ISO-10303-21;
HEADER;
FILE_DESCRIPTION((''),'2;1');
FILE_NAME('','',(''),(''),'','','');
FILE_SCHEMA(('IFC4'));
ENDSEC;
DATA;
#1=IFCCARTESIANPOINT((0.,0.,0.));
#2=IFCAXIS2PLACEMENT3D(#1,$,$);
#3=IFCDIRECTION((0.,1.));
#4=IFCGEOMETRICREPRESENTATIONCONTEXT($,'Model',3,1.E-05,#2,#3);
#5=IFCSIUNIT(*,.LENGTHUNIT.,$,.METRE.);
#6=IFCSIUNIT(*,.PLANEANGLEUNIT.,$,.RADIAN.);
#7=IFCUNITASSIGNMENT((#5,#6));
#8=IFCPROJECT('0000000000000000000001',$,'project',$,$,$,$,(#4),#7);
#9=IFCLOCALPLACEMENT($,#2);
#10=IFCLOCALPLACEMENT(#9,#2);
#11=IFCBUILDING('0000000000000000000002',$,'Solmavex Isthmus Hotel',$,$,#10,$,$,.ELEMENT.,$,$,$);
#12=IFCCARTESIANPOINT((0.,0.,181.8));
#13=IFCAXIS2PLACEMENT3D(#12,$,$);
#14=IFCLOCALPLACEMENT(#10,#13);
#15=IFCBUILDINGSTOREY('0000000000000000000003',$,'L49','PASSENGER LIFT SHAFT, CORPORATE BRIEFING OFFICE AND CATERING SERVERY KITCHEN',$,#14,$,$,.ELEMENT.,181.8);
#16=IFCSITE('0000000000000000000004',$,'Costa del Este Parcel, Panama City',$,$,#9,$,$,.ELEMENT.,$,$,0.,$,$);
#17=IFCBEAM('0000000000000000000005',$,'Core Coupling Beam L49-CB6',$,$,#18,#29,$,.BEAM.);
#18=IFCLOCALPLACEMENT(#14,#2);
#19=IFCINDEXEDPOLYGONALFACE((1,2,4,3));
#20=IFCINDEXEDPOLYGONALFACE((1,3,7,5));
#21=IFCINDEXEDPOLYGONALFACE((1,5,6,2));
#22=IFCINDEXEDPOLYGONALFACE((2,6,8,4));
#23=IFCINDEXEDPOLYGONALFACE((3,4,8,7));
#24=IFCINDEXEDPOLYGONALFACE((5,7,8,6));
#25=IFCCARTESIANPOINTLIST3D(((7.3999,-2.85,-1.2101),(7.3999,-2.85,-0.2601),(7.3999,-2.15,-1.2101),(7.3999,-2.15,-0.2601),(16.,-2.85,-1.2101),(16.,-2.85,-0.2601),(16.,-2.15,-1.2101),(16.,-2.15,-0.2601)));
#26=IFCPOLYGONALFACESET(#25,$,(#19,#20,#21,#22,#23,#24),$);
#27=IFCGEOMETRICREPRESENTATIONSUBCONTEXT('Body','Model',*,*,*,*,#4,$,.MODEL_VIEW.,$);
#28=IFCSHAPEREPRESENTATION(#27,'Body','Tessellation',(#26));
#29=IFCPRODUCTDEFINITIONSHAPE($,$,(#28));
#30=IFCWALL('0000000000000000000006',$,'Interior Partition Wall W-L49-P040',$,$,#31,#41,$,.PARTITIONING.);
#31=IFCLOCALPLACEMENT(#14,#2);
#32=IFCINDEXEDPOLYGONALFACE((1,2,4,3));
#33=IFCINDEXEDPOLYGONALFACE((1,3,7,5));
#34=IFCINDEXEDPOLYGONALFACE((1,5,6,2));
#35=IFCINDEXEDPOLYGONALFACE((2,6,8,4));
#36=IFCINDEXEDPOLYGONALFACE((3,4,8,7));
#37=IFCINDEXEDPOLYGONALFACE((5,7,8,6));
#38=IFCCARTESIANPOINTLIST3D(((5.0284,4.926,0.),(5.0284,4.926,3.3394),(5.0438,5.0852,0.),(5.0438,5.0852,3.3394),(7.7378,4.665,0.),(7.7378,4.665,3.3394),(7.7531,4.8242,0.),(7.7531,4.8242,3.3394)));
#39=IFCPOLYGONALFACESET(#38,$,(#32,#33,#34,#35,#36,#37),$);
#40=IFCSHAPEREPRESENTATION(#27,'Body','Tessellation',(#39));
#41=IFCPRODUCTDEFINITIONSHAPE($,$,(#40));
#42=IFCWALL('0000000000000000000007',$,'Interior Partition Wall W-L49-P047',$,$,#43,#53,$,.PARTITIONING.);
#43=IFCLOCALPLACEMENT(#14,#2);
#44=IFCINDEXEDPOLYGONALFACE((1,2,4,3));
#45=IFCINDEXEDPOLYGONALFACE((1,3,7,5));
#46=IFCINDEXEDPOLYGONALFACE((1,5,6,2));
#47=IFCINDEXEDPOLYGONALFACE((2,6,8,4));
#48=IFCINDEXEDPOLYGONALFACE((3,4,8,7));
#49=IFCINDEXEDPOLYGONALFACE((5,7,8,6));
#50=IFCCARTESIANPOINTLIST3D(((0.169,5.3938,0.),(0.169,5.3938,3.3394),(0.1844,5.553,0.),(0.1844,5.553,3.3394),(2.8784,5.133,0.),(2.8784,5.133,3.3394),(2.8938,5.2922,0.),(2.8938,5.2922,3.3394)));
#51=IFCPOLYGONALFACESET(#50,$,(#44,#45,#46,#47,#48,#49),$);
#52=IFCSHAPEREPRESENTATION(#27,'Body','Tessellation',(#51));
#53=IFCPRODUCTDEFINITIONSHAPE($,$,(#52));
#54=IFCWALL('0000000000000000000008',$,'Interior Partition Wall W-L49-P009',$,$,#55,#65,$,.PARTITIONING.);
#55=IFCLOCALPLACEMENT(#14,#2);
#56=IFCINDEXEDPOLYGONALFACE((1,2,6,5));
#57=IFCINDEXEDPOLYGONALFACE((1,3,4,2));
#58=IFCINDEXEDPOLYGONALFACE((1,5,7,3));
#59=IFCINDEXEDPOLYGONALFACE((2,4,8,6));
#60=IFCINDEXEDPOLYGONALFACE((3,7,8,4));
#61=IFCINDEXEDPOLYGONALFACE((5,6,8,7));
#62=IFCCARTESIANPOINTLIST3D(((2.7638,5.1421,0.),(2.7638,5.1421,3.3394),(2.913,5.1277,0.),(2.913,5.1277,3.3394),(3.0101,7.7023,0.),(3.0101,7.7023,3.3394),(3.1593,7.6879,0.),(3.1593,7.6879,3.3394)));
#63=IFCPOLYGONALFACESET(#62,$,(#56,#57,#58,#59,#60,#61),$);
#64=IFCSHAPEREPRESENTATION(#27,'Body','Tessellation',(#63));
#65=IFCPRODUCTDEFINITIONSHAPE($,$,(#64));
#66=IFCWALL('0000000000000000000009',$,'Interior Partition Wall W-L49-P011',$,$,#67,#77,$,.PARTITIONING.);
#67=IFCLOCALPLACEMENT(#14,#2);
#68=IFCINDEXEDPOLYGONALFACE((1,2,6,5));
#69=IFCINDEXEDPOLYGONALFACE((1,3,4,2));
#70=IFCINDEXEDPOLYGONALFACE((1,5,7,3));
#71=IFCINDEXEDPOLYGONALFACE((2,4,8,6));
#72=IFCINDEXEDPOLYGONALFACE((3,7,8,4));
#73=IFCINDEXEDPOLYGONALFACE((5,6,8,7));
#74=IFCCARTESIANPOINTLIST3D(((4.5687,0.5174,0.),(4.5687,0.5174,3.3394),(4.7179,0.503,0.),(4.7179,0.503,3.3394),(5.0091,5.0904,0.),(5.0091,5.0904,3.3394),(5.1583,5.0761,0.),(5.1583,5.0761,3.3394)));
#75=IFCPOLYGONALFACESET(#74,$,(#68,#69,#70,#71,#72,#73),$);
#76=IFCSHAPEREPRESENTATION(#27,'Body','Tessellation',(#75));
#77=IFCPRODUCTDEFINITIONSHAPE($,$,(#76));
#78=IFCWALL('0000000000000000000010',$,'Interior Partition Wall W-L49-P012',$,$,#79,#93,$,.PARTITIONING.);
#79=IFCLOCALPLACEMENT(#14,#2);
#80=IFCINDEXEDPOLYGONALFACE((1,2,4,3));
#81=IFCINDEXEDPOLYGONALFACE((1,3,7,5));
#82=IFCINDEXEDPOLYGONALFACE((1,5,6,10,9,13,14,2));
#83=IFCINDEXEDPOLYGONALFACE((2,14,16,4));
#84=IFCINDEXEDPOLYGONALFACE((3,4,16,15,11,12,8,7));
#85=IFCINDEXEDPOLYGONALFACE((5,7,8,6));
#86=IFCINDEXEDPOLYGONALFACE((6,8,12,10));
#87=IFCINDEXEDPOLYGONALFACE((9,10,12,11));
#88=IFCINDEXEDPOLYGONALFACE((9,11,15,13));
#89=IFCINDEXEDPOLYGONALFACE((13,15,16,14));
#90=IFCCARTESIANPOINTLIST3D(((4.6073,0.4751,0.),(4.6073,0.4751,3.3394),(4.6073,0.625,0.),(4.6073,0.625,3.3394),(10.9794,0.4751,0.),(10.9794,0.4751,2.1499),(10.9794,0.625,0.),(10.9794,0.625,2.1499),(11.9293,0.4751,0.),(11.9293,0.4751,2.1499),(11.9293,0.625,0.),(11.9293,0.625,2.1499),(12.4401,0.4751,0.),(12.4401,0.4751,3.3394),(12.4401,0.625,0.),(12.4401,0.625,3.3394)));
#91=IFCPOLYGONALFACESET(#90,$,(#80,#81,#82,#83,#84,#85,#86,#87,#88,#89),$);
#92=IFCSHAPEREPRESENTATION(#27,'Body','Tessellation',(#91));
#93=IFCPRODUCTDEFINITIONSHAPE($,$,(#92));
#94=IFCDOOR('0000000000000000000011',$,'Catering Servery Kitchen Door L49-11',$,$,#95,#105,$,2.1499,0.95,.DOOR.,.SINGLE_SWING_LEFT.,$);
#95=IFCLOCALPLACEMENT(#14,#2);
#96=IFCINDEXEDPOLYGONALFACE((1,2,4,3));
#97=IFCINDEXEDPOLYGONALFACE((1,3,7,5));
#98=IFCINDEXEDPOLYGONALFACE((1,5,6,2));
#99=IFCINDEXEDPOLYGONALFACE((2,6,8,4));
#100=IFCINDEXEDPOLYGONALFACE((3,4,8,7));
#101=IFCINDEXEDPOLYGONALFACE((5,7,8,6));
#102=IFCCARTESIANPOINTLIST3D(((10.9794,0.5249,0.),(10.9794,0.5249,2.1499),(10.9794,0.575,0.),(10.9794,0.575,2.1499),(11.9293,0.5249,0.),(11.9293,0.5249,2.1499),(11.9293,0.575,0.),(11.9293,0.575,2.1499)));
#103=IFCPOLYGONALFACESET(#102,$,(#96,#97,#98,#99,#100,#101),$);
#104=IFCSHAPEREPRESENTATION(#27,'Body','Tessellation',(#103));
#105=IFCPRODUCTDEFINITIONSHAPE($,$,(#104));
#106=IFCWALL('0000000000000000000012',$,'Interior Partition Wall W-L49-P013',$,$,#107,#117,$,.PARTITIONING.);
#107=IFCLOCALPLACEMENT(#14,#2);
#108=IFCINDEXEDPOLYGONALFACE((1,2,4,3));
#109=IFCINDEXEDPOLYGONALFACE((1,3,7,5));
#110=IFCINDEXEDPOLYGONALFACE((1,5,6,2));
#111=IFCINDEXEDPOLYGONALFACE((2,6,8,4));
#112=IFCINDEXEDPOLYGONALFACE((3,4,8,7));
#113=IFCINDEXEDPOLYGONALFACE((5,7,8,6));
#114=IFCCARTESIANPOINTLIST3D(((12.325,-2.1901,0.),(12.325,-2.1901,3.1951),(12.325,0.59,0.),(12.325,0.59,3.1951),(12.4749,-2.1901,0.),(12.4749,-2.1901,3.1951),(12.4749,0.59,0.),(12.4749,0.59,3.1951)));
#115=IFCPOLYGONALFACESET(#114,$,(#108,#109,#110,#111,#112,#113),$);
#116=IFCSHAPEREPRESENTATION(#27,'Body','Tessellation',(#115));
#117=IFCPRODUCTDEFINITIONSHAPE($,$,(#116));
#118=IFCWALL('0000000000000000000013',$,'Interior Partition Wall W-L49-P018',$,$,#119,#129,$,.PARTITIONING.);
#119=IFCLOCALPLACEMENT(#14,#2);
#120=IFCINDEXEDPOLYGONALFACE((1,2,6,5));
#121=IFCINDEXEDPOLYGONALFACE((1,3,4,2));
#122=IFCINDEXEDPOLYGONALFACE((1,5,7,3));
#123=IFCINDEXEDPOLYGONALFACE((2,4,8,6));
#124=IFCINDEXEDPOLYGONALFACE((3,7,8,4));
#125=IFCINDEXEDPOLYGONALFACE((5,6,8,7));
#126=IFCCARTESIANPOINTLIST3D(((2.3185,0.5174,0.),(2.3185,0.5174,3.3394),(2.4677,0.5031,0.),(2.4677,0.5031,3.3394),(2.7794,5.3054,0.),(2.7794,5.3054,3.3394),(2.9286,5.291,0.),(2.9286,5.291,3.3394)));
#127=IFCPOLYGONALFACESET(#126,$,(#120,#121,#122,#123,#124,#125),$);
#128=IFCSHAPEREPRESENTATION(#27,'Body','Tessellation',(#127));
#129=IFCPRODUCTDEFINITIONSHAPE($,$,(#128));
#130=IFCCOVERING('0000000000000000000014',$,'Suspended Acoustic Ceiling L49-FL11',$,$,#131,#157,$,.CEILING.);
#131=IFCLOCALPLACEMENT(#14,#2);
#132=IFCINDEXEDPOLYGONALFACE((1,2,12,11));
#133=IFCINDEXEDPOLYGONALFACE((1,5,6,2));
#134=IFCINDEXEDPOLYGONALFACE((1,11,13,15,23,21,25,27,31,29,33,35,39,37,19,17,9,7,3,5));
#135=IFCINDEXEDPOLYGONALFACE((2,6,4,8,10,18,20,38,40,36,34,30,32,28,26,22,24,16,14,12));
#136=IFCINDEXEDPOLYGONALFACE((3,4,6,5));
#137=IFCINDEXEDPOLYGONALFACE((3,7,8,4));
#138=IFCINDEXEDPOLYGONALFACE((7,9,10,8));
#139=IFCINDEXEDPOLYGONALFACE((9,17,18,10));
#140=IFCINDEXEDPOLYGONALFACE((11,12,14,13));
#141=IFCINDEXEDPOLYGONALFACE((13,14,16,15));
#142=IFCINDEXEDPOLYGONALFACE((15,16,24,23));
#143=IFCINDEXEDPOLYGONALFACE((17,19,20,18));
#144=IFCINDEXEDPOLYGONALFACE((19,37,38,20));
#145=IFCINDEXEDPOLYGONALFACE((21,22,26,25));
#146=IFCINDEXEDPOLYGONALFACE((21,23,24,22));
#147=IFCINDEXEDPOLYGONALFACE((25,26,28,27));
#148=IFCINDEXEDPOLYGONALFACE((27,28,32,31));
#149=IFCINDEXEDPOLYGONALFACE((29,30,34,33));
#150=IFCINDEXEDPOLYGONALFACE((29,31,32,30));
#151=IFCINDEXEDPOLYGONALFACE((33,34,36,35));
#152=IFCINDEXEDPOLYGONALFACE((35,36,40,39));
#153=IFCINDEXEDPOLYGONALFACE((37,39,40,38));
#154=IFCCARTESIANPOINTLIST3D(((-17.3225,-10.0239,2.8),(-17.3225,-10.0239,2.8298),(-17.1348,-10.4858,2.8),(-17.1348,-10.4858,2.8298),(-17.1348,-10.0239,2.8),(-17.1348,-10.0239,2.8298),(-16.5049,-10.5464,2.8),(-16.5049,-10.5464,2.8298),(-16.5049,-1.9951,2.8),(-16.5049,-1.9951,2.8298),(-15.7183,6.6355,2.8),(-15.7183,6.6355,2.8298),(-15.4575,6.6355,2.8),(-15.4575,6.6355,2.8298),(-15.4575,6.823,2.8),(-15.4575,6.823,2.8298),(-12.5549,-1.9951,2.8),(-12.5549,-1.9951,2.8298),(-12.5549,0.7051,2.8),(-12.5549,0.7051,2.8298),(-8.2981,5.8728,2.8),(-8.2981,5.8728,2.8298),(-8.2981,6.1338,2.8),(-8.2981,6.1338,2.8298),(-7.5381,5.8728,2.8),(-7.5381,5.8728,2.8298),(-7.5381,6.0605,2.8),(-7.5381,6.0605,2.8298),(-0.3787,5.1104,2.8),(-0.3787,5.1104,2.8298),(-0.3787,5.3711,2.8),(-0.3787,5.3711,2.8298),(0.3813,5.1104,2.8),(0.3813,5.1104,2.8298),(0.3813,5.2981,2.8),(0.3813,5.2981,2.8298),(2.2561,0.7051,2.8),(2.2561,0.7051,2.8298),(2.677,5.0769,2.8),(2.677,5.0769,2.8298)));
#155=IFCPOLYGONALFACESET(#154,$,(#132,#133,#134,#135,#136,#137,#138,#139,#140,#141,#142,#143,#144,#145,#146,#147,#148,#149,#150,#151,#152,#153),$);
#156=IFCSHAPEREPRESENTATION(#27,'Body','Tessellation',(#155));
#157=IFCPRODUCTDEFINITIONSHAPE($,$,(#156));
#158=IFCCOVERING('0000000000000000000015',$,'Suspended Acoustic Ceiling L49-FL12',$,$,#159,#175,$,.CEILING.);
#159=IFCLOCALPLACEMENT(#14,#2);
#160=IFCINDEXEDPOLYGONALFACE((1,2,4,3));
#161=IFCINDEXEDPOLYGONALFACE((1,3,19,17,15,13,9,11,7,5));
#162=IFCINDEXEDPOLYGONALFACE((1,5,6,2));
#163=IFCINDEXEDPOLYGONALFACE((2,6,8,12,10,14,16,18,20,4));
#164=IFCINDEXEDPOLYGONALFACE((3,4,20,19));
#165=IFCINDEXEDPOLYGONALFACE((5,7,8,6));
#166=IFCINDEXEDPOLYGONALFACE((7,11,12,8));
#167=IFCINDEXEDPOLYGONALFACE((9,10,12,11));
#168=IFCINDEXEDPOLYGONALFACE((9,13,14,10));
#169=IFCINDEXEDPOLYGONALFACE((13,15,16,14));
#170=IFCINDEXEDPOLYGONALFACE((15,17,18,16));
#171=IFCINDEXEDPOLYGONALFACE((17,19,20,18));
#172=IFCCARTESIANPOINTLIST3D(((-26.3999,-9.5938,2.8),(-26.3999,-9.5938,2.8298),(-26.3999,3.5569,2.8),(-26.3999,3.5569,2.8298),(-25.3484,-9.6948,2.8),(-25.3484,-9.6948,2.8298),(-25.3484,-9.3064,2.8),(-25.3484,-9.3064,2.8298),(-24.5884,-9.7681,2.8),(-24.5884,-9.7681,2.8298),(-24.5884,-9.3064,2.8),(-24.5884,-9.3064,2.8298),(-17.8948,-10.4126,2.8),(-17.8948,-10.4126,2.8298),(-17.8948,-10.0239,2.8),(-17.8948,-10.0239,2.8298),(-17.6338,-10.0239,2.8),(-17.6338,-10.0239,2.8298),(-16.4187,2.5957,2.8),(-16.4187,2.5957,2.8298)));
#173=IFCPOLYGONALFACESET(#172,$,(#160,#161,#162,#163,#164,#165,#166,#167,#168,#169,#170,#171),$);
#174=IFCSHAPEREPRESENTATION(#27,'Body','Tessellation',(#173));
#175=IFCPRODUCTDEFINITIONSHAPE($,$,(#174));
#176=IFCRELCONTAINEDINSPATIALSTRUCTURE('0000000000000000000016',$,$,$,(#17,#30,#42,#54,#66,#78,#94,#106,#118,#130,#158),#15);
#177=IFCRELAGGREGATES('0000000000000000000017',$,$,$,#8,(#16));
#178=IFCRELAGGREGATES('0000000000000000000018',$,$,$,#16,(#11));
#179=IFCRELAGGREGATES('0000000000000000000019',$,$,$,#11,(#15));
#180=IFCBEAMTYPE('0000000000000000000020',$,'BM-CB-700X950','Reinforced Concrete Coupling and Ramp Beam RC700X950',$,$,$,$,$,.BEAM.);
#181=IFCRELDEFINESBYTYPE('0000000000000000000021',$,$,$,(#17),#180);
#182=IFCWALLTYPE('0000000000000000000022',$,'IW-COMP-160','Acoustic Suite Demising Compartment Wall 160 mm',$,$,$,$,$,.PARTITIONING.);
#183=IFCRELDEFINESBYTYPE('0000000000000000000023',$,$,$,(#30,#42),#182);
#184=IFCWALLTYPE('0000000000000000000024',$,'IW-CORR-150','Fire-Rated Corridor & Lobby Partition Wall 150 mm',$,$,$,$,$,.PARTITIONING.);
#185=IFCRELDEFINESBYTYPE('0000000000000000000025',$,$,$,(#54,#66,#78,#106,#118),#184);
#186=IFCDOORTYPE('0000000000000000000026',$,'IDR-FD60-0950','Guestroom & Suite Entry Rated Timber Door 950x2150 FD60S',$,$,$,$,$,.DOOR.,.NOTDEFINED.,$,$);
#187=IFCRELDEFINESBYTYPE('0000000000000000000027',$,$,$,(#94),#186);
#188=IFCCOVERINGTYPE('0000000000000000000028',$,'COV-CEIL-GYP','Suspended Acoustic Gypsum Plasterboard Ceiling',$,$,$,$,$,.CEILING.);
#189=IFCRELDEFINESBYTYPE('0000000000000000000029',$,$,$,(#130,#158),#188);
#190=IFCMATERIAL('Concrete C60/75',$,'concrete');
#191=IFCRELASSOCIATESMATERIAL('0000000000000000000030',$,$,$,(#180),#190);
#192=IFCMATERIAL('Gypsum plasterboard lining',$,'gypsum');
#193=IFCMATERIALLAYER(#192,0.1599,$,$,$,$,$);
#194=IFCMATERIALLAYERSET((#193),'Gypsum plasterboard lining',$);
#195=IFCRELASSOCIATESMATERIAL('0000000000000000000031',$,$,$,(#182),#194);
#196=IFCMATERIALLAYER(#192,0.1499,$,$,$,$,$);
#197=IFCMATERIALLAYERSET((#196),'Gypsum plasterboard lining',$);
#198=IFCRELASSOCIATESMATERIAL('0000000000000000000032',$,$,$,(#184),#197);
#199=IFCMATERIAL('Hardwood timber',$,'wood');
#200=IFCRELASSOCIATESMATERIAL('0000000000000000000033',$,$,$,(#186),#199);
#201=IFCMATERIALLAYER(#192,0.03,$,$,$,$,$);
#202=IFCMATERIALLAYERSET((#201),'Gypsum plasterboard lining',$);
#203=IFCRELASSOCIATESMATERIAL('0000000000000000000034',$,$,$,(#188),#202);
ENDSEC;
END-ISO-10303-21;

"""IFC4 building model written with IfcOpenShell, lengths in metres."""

from ifc_helpers import new_model, si_unit, direction, frame, frame_2d, origin, origin_2d, place, context, subcontext, project, spatial, polyline, rectangle, outline, extrude, material, layer, layer_set, material_profile, profile_set, type_object, element, fill, save


model = new_model("IFC4")

# Units and contexts
model_context = context("Model", 3, precision=1e-05, world=origin(), true_north=direction((0.0, 1.0)))
body_context = subcontext(model_context, "Body", "Model", "MODEL_VIEW")
ifc_project = project(units=[si_unit("LENGTHUNIT", "METRE"), si_unit("PLANEANGLEUNIT", "RADIAN")], contexts=[model_context])

# Site, building, storey
site_placement = place(None, origin())
site = spatial("IfcSite", under=ifc_project, at=site_placement, Name="Costa del Este Parcel, Panama City", CompositionType="ELEMENT", RefElevation=0.0)
building_placement = place(site_placement, origin())
building = spatial("IfcBuilding", under=site, at=building_placement, Name="Solmavex Isthmus Hotel", CompositionType="ELEMENT")
storey_placement = place(building_placement, frame((0.0, 0.0, 181.8)))
storey = spatial("IfcBuildingStorey", under=building, at=storey_placement, Name="L49", Description="PASSENGER LIFT SHAFT, CORPORATE BRIEFING OFFICE AND CATERING SERVERY KITCHEN", CompositionType="ELEMENT", Elevation=181.8)

# Shared definitions
ifc_material_1 = material(Name="Concrete C60/75", Category="concrete")

# Beam
ifc_material_profile_1 = material_profile(ifc_material_1, rectangle(XDim=0.7, YDim=0.95, at=origin_2d()), Name="RC700X950")
ifc_profile_set_1 = profile_set([ifc_material_profile_1], Name="Concrete C60/75")
beam_type_1 = type_object("IfcBeamType", Name="BM-CB-700X950", Description="Reinforced Concrete Coupling and Ramp Beam RC700X950", PredefinedType="BEAM", material=ifc_profile_set_1)
beam_1_placement = place(storey_placement, frame((7.3999, -2.5, -0.7351), z_axis=(1.0, 0.0, 0.0), x_axis=(0.0, 1.0, 0.0)))
element("IfcBeam", 1, at=beam_1_placement, inside=storey, type_object=beam_type_1, Name="Core Coupling Beam L49-CB6", PredefinedType="BEAM", context=body_context, shape_type="SweptSolid", body=[
    extrude(rectangle(XDim=0.7, YDim=0.95, at=origin_2d()), origin(), (0.0, 0.0, 1.0), 8.6001),
])

# Walls
ifc_material_2 = material(Name="Gypsum plasterboard lining", Category="gypsum")
ifc_layer_1 = layer(ifc_material_2, 0.1599)
ifc_layer_set_1 = layer_set([ifc_layer_1], Name="Gypsum plasterboard lining")
wall_type_1 = type_object("IfcWallType", Name="IW-COMP-160", Description="Acoustic Suite Demising Compartment Wall 160 mm", PredefinedType="PARTITIONING", material=ifc_layer_set_1)
for number, where, z_axis, x_axis, name in (
    (2, (7.7454, 4.7446, 0.0), (0.0, 0.0, 1.0), (-0.995393, 0.09588, 0.0), "Interior Partition Wall W-L49-P040"),
    (3, (2.886, 5.2126, 0.0), (0.0, 0.0, 1.0), (-0.995401, 0.095791, 0.0), "Interior Partition Wall W-L49-P047"),
):
    element("IfcWall", number, at=place(storey_placement, frame(where, z_axis=z_axis, x_axis=x_axis)), inside=storey, type_object=wall_type_1, Name=name, PredefinedType="PARTITIONING", context=body_context, shape_type="SweptSolid", body=[
        extrude(rectangle(XDim=2.7219, YDim=0.1599, at=frame_2d((1.3608, 0.0))), origin(), (0.0, 0.0, 1.0), 3.3394),
    ])
ifc_layer_2 = layer(ifc_material_2, 0.1499)
ifc_layer_set_2 = layer_set([ifc_layer_2], Name="Gypsum plasterboard lining")
wall_type_2 = type_object("IfcWallType", Name="IW-CORR-150", Description="Fire-Rated Corridor & Lobby Partition Wall 150 mm", PredefinedType="PARTITIONING", material=ifc_layer_set_2)
wall_1_placement = place(storey_placement, frame((2.8384, 5.1348, 0.0), z_axis=(0.0, 0.0, 1.0), x_axis=(0.095772, 0.995403, 0.0)))
element("IfcWall", 4, at=wall_1_placement, inside=storey, type_object=wall_type_2, Name="Interior Partition Wall W-L49-P009", PredefinedType="PARTITIONING", context=body_context, shape_type="SweptSolid", body=[
    extrude(rectangle(XDim=2.572, YDim=0.1499, at=frame_2d((1.2861, 0.0))), origin(), (0.0, 0.0, 1.0), 3.3394),
])
wall_2_placement = place(storey_placement, frame((5.0837, 5.0833, 0.0), z_axis=(0.0, 0.0, 1.0), x_axis=(-0.095867, -0.995394, 0.0)))
element("IfcWall", 5, at=wall_2_placement, inside=storey, type_object=wall_type_2, Name="Interior Partition Wall W-L49-P011", PredefinedType="PARTITIONING", context=body_context, shape_type="SweptSolid", body=[
    extrude(rectangle(XDim=4.5942, YDim=0.1499, at=frame_2d((2.2971, 0.0))), origin(), (0.0, 0.0, 1.0), 3.3394),
])

# Wall, opening, door
wall_3_placement = place(storey_placement, frame((4.6072, 0.55, 0.0), z_axis=(0.0, 0.0, 1.0), x_axis=(1.0, 0.0, 0.0)))
wall_3 = element("IfcWall", 6, at=wall_3_placement, inside=storey, type_object=wall_type_2, Name="Interior Partition Wall W-L49-P012", PredefinedType="PARTITIONING", context=body_context, shape_type="SweptSolid", body=[
    extrude(rectangle(XDim=7.8328, YDim=0.1499, at=frame_2d((3.9165, 0.0))), origin(), (0.0, 0.0, 1.0), 3.3394),
])
opening_placement = place(wall_3_placement, frame((6.3721, 0.0, 0.0)))
opening = element("IfcOpeningElement", 7, at=opening_placement, cuts=wall_3, PredefinedType="OPENING", context=body_context, shape_type="SweptSolid", body=[
    extrude(rectangle(XDim=0.95, YDim=2.1499, at=frame_2d((0.4751, 1.075))), frame((0.0, 0.085, 0.0), z_axis=(0.0, -1.0, 0.0), x_axis=(1.0, 0.0, 0.0)), (0.0, 0.0, 1.0), 0.1699),
])
ifc_material_3 = material(Name="Hardwood timber", Category="wood")
door_type = type_object("IfcDoorType", Name="IDR-FD60-0950", Description="Guestroom & Suite Entry Rated Timber Door 950x2150 FD60S", OperationType="NOTDEFINED", PredefinedType="DOOR", material=ifc_material_3)
door_placement = place(opening_placement, origin())
door = element("IfcDoor", 8, at=door_placement, inside=storey, type_object=door_type, Name="Catering Servery Kitchen Door L49-11", OperationType="SINGLE_SWING_LEFT", OverallHeight=2.1499, OverallWidth=0.95, PredefinedType="DOOR", context=body_context, shape_type="SweptSolid", body=[
    extrude(rectangle(XDim=0.95, YDim=2.1499, at=frame_2d((0.4751, 1.075))), frame((0.0, 0.0249, 0.0), z_axis=(0.0, -1.0, 0.0), x_axis=(1.0, 0.0, 0.0)), (0.0, 0.0, 1.0), 0.05),
])
fill(opening, door)

# Walls
wall_4_placement = place(storey_placement, frame((12.3999, 0.5901, 0.0), z_axis=(0.0, 0.0, 1.0), x_axis=(0.0, -1.0, 0.0)))
element("IfcWall", 9, at=wall_4_placement, inside=storey, type_object=wall_type_2, Name="Interior Partition Wall W-L49-P013", PredefinedType="PARTITIONING", context=body_context, shape_type="SweptSolid", body=[
    extrude(rectangle(XDim=2.78, YDim=0.1499, at=frame_2d((1.3901, 0.0))), origin(), (0.0, 0.0, 1.0), 3.1951),
])
wall_5_placement = place(storey_placement, frame((2.3931, 0.5103, 0.0), z_axis=(0.0, 0.0, 1.0), x_axis=(0.095829, 0.995398, 0.0)))
element("IfcWall", 10, at=wall_5_placement, inside=storey, type_object=wall_type_2, Name="Interior Partition Wall W-L49-P018", PredefinedType="PARTITIONING", context=body_context, shape_type="SweptSolid", body=[
    extrude(rectangle(XDim=4.8101, YDim=0.1499, at=frame_2d((2.405, 0.0))), origin(), (0.0, 0.0, 1.0), 3.3394),
])

# Coverings
ifc_layer_3 = layer(ifc_material_2, 0.03)
ifc_layer_set_3 = layer_set([ifc_layer_3], Name="Gypsum plasterboard lining")
covering_type_1 = type_object("IfcCoveringType", Name="COV-CEIL-GYP", Description="Suspended Acoustic Gypsum Plasterboard Ceiling", PredefinedType="CEILING", material=ifc_layer_set_3)
covering_1_placement = place(storey_placement, frame((0.0, 0.0, 2.8)))
element("IfcCovering", 11, at=covering_1_placement, inside=storey, type_object=covering_type_1, Name="Suspended Acoustic Ceiling L49-FL11", PredefinedType="CEILING", context=body_context, shape_type="SweptSolid", body=[
    extrude(outline(polyline([(-17.3225, -10.0239), (-17.1348, -10.0239), (-17.1348, -10.4858), (-16.5049, -10.5464), (-16.5049, -1.9951), (-12.5549, -1.9951), (-12.5549, 0.7051), (2.2561, 0.7051), (2.677, 5.0769), (0.3813, 5.2981), (0.3813, 5.1104), (-0.3787, 5.1104), (-0.3787, 5.3711), (-7.5381, 6.0605), (-7.5381, 5.8728), (-8.2981, 5.8728), (-8.2981, 6.1338), (-15.4575, 6.823), (-15.4575, 6.6355), (-15.7183, 6.6355), (-17.3225, -10.0239)])), origin(), (0.0, 0.0, 1.0), 0.0298),
])
covering_2_placement = place(storey_placement, frame((0.0, 0.0, 2.8)))
element("IfcCovering", 12, at=covering_2_placement, inside=storey, type_object=covering_type_1, Name="Suspended Acoustic Ceiling L49-FL12", PredefinedType="CEILING", context=body_context, shape_type="SweptSolid", body=[
    extrude(outline(polyline([(-17.8948, -10.4126), (-17.8948, -10.0239), (-17.6338, -10.0239), (-16.4187, 2.5957), (-26.3999, 3.5569), (-26.3999, -9.5938), (-25.3484, -9.6948), (-25.3484, -9.3064), (-24.5884, -9.3064), (-24.5884, -9.7681), (-17.8948, -10.4126)])), origin(), (0.0, 0.0, 1.0), 0.0298),
])

save(model, "model.ifc")
